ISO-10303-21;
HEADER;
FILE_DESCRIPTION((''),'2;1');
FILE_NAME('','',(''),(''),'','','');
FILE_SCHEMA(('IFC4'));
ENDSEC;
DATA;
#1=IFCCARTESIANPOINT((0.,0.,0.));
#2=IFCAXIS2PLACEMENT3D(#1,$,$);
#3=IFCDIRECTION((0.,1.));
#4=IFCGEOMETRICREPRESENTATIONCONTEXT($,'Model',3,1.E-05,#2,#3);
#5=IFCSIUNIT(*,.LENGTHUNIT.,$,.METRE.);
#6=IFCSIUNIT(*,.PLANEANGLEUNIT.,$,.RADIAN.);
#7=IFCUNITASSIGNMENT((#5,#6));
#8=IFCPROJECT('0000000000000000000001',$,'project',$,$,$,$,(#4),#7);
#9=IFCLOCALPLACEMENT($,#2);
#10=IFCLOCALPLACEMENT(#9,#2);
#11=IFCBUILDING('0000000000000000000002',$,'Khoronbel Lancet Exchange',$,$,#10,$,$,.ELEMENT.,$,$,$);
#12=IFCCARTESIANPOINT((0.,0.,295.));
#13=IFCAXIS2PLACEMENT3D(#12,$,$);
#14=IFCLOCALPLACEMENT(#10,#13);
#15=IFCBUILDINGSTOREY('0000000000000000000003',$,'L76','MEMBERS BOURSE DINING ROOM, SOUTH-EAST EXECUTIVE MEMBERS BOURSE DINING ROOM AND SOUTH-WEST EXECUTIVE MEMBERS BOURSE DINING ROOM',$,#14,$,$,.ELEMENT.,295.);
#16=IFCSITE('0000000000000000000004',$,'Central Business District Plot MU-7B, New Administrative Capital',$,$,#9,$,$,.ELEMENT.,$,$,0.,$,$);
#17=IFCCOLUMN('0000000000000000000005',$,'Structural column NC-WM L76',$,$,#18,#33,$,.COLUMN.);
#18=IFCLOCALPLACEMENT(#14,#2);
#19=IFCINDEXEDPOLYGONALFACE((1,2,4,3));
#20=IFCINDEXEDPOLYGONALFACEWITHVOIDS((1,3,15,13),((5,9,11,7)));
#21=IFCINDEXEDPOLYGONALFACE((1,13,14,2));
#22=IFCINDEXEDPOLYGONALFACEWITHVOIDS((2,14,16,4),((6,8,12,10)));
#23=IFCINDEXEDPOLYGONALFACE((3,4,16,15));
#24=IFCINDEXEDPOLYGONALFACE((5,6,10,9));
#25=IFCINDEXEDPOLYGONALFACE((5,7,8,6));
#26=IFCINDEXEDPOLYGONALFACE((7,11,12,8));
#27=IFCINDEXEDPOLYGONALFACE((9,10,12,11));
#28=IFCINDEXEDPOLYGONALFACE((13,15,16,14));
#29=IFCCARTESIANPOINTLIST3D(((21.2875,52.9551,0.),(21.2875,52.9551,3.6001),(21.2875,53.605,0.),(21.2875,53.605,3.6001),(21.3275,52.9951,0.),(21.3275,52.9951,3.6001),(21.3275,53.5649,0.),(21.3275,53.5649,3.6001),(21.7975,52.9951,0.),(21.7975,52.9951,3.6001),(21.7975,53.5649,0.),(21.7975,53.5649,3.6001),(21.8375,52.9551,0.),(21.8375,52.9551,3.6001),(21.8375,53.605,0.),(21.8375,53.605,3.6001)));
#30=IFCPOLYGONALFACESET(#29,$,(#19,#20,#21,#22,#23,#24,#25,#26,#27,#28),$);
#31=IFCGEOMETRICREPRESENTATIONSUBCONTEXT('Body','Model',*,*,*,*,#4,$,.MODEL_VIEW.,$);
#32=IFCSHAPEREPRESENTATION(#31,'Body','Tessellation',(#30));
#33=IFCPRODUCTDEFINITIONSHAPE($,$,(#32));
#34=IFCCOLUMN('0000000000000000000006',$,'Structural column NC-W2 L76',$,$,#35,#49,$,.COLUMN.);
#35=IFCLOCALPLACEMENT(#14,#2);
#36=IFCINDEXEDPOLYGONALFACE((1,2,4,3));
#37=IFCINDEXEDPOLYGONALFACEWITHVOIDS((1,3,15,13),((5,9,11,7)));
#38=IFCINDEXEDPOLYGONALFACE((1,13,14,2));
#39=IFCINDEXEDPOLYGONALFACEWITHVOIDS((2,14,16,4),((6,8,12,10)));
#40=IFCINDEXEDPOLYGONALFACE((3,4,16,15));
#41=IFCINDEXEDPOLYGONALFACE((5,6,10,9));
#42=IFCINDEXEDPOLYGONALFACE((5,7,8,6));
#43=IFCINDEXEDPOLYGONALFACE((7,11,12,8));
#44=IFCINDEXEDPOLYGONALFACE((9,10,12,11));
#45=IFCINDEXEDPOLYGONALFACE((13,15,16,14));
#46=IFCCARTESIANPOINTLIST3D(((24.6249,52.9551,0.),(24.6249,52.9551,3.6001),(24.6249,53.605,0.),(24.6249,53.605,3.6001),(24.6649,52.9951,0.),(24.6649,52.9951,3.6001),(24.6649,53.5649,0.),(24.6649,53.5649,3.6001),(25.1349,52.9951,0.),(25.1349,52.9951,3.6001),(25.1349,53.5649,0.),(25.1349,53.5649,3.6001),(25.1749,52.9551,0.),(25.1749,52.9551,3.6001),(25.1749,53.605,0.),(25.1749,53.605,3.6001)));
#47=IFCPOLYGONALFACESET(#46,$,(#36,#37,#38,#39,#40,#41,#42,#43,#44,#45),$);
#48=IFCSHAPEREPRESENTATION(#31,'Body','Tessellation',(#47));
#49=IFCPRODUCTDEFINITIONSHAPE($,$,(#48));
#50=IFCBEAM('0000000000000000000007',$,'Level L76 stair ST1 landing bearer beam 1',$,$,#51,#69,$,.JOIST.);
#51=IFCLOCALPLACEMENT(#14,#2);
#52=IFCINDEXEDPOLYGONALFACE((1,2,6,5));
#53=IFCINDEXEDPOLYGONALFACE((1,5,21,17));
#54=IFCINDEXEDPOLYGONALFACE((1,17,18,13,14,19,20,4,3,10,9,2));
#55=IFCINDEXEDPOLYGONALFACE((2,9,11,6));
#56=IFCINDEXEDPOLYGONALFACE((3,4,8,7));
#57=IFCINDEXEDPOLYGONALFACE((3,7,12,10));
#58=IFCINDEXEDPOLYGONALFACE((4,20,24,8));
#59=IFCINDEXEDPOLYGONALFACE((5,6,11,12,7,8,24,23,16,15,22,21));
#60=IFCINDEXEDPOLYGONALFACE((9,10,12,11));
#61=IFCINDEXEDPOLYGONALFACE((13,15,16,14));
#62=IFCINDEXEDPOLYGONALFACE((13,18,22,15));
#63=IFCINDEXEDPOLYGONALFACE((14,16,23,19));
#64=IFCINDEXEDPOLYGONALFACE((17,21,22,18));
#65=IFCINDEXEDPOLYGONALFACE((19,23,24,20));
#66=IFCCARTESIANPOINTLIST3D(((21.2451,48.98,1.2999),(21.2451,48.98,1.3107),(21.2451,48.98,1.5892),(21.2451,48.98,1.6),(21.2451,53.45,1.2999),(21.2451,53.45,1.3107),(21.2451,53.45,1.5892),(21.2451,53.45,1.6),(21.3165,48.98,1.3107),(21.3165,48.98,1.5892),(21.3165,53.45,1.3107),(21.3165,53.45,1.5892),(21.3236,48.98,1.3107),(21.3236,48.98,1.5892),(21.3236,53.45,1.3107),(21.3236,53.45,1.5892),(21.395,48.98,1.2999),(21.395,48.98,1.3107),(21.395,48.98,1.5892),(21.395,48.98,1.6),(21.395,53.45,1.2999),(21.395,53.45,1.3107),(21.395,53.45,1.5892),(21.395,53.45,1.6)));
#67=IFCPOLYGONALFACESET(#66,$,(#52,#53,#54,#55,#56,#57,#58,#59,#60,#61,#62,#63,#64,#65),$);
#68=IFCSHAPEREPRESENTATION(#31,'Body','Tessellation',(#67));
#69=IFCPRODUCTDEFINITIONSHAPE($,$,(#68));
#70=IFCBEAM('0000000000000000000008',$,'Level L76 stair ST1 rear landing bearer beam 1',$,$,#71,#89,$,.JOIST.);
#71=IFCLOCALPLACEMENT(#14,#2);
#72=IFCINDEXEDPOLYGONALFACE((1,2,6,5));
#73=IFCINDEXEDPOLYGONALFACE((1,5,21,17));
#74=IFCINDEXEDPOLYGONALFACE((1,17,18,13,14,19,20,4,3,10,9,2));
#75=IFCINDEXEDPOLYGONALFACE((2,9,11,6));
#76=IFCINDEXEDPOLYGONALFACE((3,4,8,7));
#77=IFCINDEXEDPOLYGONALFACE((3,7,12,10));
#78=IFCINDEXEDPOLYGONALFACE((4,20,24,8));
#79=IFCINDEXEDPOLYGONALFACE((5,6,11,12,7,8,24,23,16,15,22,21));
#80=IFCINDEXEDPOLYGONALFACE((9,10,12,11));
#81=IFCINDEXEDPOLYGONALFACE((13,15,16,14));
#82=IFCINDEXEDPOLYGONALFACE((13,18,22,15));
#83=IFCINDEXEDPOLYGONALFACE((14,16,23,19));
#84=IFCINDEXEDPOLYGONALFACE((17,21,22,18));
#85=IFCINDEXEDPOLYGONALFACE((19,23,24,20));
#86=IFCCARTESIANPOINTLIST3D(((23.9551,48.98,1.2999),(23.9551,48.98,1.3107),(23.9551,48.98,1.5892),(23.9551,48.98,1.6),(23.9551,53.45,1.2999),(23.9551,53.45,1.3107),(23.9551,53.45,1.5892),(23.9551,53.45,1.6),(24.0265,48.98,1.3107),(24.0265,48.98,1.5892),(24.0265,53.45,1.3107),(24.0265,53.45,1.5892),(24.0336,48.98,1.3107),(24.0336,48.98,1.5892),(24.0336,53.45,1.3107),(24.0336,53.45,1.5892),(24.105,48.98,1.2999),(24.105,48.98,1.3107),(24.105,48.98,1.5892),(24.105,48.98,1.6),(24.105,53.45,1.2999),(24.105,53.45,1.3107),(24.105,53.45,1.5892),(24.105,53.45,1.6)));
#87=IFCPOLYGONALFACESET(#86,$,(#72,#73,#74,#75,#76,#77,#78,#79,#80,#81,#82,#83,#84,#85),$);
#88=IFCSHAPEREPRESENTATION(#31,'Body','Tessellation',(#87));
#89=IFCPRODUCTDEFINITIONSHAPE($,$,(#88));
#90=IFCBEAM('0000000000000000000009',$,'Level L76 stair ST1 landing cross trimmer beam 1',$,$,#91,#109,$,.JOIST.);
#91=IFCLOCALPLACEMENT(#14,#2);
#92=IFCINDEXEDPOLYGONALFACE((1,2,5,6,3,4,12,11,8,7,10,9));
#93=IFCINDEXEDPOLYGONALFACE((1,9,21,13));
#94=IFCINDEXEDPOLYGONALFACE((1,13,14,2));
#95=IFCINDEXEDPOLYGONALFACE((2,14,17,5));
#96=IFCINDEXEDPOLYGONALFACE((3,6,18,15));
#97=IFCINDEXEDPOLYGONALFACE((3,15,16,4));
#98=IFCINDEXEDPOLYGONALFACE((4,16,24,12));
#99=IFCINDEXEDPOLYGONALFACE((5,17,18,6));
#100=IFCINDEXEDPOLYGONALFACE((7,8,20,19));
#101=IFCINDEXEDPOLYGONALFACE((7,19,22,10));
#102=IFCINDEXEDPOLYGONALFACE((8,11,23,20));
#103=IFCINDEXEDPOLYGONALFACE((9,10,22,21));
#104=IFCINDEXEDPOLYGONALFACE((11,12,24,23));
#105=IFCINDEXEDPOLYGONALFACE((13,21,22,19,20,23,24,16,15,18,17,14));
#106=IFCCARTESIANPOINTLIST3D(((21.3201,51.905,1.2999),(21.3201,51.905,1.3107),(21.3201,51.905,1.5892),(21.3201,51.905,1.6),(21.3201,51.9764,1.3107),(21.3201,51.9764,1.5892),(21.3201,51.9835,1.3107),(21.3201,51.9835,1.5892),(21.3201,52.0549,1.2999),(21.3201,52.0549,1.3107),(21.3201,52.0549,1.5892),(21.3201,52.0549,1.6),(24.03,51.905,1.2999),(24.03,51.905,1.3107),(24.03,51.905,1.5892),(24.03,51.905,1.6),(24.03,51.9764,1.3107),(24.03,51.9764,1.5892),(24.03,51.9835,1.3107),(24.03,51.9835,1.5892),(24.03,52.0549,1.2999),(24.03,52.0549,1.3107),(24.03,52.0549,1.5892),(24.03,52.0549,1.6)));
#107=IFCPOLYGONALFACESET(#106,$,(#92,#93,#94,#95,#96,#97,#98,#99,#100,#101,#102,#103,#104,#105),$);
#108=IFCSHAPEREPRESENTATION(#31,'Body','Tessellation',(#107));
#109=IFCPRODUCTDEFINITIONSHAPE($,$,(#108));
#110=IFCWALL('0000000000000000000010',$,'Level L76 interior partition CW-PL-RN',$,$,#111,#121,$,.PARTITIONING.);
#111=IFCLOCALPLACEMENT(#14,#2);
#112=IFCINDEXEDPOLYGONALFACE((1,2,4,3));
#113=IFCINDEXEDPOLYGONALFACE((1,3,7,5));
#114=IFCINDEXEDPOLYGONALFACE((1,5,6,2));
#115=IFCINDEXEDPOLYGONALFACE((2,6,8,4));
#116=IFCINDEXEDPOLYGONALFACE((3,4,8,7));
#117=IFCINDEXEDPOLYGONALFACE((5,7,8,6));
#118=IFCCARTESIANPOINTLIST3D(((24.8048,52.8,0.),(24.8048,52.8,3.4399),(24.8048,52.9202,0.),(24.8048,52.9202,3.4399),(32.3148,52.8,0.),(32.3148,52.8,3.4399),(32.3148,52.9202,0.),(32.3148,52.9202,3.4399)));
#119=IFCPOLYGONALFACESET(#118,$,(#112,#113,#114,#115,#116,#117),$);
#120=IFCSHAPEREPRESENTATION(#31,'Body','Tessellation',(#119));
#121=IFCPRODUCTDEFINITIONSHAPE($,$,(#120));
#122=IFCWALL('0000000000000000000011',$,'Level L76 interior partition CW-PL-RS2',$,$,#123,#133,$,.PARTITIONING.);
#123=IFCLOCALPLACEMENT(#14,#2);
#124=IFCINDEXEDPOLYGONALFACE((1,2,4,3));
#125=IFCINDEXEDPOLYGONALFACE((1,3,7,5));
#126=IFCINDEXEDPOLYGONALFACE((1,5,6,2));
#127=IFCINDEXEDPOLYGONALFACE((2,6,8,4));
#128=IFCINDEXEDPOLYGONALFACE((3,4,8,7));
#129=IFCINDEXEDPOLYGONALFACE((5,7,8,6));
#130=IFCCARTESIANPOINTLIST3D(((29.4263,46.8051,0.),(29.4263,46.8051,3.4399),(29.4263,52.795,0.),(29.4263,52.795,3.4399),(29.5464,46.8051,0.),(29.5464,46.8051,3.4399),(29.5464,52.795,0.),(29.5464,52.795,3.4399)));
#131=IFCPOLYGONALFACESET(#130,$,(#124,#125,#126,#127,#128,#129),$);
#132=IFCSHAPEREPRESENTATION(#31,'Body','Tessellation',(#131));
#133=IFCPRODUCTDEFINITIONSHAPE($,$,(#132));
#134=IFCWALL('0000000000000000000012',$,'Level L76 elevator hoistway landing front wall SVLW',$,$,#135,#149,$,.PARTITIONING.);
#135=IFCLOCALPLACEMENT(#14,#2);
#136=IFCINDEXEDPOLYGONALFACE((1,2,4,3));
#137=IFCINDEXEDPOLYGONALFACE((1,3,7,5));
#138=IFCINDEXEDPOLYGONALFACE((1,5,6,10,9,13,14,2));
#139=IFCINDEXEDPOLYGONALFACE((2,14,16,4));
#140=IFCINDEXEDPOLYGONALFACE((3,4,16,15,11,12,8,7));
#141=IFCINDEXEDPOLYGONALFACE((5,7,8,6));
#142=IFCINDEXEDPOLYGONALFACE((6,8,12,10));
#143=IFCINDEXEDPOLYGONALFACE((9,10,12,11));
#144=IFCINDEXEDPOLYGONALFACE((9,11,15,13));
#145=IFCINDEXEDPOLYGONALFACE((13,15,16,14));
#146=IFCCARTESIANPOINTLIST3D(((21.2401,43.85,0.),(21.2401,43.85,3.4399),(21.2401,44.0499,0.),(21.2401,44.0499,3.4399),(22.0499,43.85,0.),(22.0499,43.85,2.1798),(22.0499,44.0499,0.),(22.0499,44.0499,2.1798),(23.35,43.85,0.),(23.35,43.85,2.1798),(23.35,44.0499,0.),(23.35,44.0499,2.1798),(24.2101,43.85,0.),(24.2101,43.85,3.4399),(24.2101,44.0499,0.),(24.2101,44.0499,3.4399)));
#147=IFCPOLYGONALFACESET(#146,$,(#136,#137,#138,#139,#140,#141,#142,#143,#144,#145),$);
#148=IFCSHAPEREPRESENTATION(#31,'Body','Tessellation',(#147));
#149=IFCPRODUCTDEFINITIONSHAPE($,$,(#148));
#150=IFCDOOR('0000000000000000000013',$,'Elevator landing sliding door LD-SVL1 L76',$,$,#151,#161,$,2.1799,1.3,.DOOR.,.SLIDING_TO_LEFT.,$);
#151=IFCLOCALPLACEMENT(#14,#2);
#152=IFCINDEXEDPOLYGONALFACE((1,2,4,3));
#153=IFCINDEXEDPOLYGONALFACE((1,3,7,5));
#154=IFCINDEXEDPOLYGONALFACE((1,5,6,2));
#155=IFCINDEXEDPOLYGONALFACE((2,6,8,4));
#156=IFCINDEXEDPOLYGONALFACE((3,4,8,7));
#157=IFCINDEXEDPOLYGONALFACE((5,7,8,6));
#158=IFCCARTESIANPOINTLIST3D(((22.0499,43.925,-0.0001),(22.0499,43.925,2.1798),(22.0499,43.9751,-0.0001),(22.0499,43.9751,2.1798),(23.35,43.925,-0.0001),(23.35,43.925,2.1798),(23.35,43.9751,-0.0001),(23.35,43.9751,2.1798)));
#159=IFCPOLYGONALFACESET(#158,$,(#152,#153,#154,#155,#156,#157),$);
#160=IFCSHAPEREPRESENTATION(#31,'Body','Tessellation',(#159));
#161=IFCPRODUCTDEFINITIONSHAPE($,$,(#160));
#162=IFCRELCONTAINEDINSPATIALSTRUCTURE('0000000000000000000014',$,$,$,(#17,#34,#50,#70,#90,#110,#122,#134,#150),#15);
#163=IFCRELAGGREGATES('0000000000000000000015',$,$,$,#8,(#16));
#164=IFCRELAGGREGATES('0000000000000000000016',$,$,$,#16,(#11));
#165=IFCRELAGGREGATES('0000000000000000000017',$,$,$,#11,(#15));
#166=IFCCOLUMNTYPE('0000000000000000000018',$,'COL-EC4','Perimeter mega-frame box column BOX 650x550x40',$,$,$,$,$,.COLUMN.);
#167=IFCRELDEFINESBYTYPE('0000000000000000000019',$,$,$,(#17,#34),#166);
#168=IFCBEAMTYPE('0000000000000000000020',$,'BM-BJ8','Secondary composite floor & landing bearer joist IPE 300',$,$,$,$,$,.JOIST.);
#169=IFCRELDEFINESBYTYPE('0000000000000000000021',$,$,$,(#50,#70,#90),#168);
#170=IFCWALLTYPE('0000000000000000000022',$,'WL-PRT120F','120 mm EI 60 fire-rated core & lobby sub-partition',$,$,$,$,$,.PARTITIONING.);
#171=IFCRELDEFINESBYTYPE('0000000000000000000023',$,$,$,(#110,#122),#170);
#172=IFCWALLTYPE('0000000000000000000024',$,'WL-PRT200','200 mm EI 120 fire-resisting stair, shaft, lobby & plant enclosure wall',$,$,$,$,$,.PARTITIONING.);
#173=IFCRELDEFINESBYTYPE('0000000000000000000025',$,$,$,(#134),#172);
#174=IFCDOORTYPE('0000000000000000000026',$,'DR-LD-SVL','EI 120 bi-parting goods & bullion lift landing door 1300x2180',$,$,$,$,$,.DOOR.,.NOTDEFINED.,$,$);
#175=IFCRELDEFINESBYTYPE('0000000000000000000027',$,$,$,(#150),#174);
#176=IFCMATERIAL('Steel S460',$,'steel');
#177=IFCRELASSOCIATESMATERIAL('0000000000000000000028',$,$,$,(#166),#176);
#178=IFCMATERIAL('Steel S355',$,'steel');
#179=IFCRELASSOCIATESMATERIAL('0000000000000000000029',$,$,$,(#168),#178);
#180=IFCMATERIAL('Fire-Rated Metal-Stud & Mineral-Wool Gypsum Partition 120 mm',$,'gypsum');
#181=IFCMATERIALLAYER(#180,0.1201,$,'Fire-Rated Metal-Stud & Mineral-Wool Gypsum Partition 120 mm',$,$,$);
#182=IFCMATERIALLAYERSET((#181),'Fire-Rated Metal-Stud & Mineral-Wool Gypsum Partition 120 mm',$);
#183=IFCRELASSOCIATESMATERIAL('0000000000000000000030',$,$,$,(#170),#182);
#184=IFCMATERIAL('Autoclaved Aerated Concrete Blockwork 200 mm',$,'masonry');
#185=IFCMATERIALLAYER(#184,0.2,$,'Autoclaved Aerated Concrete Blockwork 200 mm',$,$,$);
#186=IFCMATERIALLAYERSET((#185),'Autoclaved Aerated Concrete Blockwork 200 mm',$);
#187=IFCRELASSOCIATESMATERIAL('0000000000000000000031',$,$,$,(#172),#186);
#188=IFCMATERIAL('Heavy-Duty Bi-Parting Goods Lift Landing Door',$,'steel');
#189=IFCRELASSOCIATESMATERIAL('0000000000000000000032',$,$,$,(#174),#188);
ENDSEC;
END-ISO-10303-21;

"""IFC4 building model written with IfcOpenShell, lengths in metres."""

from ifc_helpers import new_model, si_unit, direction, frame, frame_2d, origin, origin_2d, place, context, subcontext, project, spatial, rectangle, hollow_rectangle, i_section, extrude, material, layer, layer_set, material_profile, profile_set, type_object, element, fill, save


model = new_model("IFC4")

# Units and contexts
model_context = context("Model", 3, precision=1e-05, world=origin(), true_north=direction((0.0, 1.0)))
body_context = subcontext(model_context, "Body", "Model", "MODEL_VIEW")
ifc_project = project(units=[si_unit("LENGTHUNIT", "METRE"), si_unit("PLANEANGLEUNIT", "RADIAN")], contexts=[model_context])

# Site, building, storey
site_placement = place(None, origin())
site = spatial("IfcSite", under=ifc_project, at=site_placement, Name="Central Business District Plot MU-7B, New Administrative Capital", CompositionType="ELEMENT", RefElevation=0.0)
building_placement = place(site_placement, origin())
building = spatial("IfcBuilding", under=site, at=building_placement, Name="Khoronbel Lancet Exchange", CompositionType="ELEMENT")
storey_placement = place(building_placement, frame((0.0, 0.0, 295.0)))
storey = spatial("IfcBuildingStorey", under=building, at=storey_placement, Name="L76", Description="MEMBERS BOURSE DINING ROOM, SOUTH-EAST EXECUTIVE MEMBERS BOURSE DINING ROOM AND SOUTH-WEST EXECUTIVE MEMBERS BOURSE DINING ROOM", CompositionType="ELEMENT", Elevation=295.0)

# Columns
ifc_material_1 = material(Name="Steel S460", Category="steel")
ifc_material_profile_1 = material_profile(ifc_material_1, hollow_rectangle(XDim=0.55, YDim=0.6499, WallThickness=0.04, at=origin_2d()), Name="BOX 650x550x40")
ifc_profile_set_1 = profile_set([ifc_material_profile_1], Name="Steel S460")
column_type = type_object("IfcColumnType", Name="COL-EC4", Description="Perimeter mega-frame box column BOX 650x550x40", PredefinedType="COLUMN", material=ifc_profile_set_1)
for number, where, z_axis, x_axis, name in (
    (1, (21.5625, 53.28, 0.0), (0.0, 0.0, 1.0), (1.0, 0.0, 0.0), "Structural column NC-WM L76"),
    (2, (24.8999, 53.28, 0.0), (0.0, 0.0, 1.0), (1.0, 0.0, 0.0), "Structural column NC-W2 L76"),
):
    element("IfcColumn", number, at=place(storey_placement, frame(where, z_axis=z_axis, x_axis=x_axis)), inside=storey, type_object=column_type, Name=name, PredefinedType="COLUMN", context=body_context, shape_type="SweptSolid", body=[
        extrude(hollow_rectangle(XDim=0.55, YDim=0.6499, WallThickness=0.04, at=origin_2d()), origin(), (0.0, 0.0, 1.0), 3.6001),
    ])

# Beams
ifc_material_2 = material(Name="Steel S355", Category="steel")
ifc_material_profile_2 = material_profile(ifc_material_2, i_section(OverallWidth=0.1499, OverallDepth=0.3, WebThickness=0.0071, FlangeThickness=0.0107, at=origin_2d()), Name="IPE 300")
ifc_profile_set_2 = profile_set([ifc_material_profile_2], Name="Steel S355")
beam_type = type_object("IfcBeamType", Name="BM-BJ8", Description="Secondary composite floor & landing bearer joist IPE 300", PredefinedType="JOIST", material=ifc_profile_set_2)
for number, where, z_axis, x_axis, name in (
    (3, (21.3201, 48.98, 1.45), (0.0, 1.0, 0.0), (-1.0, 0.0, 0.0), "Level L76 stair ST1 landing bearer beam 1"),
    (4, (24.03, 48.98, 1.45), (0.0, 1.0, 0.0), (-1.0, 0.0, 0.0), "Level L76 stair ST1 rear landing bearer beam 1"),
):
    element("IfcBeam", number, at=place(storey_placement, frame(where, z_axis=z_axis, x_axis=x_axis)), inside=storey, type_object=beam_type, Name=name, PredefinedType="JOIST", context=body_context, shape_type="SweptSolid", body=[
        extrude(i_section(OverallWidth=0.1499, OverallDepth=0.3, WebThickness=0.0071, FlangeThickness=0.0107, at=origin_2d()), origin(), (0.0, 0.0, 1.0), 4.47),
    ])
beam_placement = place(storey_placement, frame((21.3201, 51.98, 1.45), z_axis=(1.0, 0.0, 0.0), x_axis=(0.0, 1.0, 0.0)))
element("IfcBeam", 5, at=beam_placement, inside=storey, type_object=beam_type, Name="Level L76 stair ST1 landing cross trimmer beam 1", PredefinedType="JOIST", context=body_context, shape_type="SweptSolid", body=[
    extrude(i_section(OverallWidth=0.1499, OverallDepth=0.3, WebThickness=0.0071, FlangeThickness=0.0107, at=origin_2d()), origin(), (0.0, 0.0, 1.0), 2.71),
])

# Walls
ifc_material_3 = material(Name="Fire-Rated Metal-Stud & Mineral-Wool Gypsum Partition 120 mm", Category="gypsum")
ifc_layer_1 = layer(ifc_material_3, 0.1201, Name="Fire-Rated Metal-Stud & Mineral-Wool Gypsum Partition 120 mm")
ifc_layer_set_1 = layer_set([ifc_layer_1], Name="Fire-Rated Metal-Stud & Mineral-Wool Gypsum Partition 120 mm")
wall_type_1 = type_object("IfcWallType", Name="WL-PRT120F", Description="120 mm EI 60 fire-rated core & lobby sub-partition", PredefinedType="PARTITIONING", material=ifc_layer_set_1)
wall_1_placement = place(storey_placement, frame((24.8049, 52.8601, 0.0), z_axis=(0.0, 0.0, 1.0), x_axis=(1.0, 0.0, 0.0)))
element("IfcWall", 6, at=wall_1_placement, inside=storey, type_object=wall_type_1, Name="Level L76 interior partition CW-PL-RN", PredefinedType="PARTITIONING", context=body_context, shape_type="SweptSolid", body=[
    extrude(rectangle(XDim=7.51, YDim=0.1201, at=frame_2d((3.7549, 0.0))), origin(), (0.0, 0.0, 1.0), 3.4399),
])
wall_2_placement = place(storey_placement, frame((29.4863, 46.8049, 0.0), z_axis=(0.0, 0.0, 1.0), x_axis=(0.0, 1.0, 0.0)))
element("IfcWall", 7, at=wall_2_placement, inside=storey, type_object=wall_type_1, Name="Level L76 interior partition CW-PL-RS2", PredefinedType="PARTITIONING", context=body_context, shape_type="SweptSolid", body=[
    extrude(rectangle(XDim=5.99, YDim=0.1201, at=frame_2d((2.9951, 0.0))), origin(), (0.0, 0.0, 1.0), 3.4399),
])

# Wall, opening, door
ifc_material_4 = material(Name="Autoclaved Aerated Concrete Blockwork 200 mm", Category="masonry")
ifc_layer_2 = layer(ifc_material_4, 0.2, Name="Autoclaved Aerated Concrete Blockwork 200 mm")
ifc_layer_set_2 = layer_set([ifc_layer_2], Name="Autoclaved Aerated Concrete Blockwork 200 mm")
wall_type_2 = type_object("IfcWallType", Name="WL-PRT200", Description="200 mm EI 120 fire-resisting stair, shaft, lobby & plant enclosure wall", PredefinedType="PARTITIONING", material=ifc_layer_set_2)
wall_3_placement = place(storey_placement, frame((24.21, 43.95, 0.0), z_axis=(0.0, 0.0, 1.0), x_axis=(-1.0, 0.0, 0.0)))
wall_3 = element("IfcWall", 8, at=wall_3_placement, inside=storey, type_object=wall_type_2, Name="Level L76 elevator hoistway landing front wall SVLW", PredefinedType="PARTITIONING", context=body_context, shape_type="SweptSolid", body=[
    extrude(rectangle(XDim=2.97, YDim=0.2, at=frame_2d((1.4849, 0.0))), origin(), (0.0, 0.0, 1.0), 3.4399),
])
opening_1_placement = place(wall_3_placement, frame((0.8601, 0.0, 0.0)))
opening_1 = element("IfcOpeningElement", 9, at=opening_1_placement, cuts=wall_3, PredefinedType="OPENING", context=body_context, shape_type="SweptSolid", body=[
    extrude(rectangle(XDim=1.3, YDim=2.1799, at=frame_2d((0.6499, 1.0898))), frame((0.0, 0.1099, 0.0), z_axis=(0.0, -1.0, 0.0), x_axis=(1.0, 0.0, 0.0)), (0.0, 0.0, 1.0), 0.22),
])
ifc_material_5 = material(Name="Heavy-Duty Bi-Parting Goods Lift Landing Door", Category="steel")
door_type_1 = type_object("IfcDoorType", Name="DR-LD-SVL", Description="EI 120 bi-parting goods & bullion lift landing door 1300x2180", OperationType="NOTDEFINED", PredefinedType="DOOR", material=ifc_material_5)
door_1_placement = place(opening_1_placement, origin())
door_1 = element("IfcDoor", 10, at=door_1_placement, inside=storey, type_object=door_type_1, Name="Elevator landing sliding door LD-SVL1 L76", OperationType="SLIDING_TO_LEFT", OverallHeight=2.1799, OverallWidth=1.3, PredefinedType="DOOR", context=body_context, shape_type="SweptSolid", body=[
    extrude(rectangle(XDim=1.3, YDim=2.1799, at=frame_2d((0.6499, 1.0898))), frame((0.0, 0.0249, 0.0), z_axis=(0.0, -1.0, 0.0), x_axis=(1.0, 0.0, 0.0)), (0.0, 0.0, 1.0), 0.05),
])
fill(opening_1, door_1)

save(model, "model.ifc")
